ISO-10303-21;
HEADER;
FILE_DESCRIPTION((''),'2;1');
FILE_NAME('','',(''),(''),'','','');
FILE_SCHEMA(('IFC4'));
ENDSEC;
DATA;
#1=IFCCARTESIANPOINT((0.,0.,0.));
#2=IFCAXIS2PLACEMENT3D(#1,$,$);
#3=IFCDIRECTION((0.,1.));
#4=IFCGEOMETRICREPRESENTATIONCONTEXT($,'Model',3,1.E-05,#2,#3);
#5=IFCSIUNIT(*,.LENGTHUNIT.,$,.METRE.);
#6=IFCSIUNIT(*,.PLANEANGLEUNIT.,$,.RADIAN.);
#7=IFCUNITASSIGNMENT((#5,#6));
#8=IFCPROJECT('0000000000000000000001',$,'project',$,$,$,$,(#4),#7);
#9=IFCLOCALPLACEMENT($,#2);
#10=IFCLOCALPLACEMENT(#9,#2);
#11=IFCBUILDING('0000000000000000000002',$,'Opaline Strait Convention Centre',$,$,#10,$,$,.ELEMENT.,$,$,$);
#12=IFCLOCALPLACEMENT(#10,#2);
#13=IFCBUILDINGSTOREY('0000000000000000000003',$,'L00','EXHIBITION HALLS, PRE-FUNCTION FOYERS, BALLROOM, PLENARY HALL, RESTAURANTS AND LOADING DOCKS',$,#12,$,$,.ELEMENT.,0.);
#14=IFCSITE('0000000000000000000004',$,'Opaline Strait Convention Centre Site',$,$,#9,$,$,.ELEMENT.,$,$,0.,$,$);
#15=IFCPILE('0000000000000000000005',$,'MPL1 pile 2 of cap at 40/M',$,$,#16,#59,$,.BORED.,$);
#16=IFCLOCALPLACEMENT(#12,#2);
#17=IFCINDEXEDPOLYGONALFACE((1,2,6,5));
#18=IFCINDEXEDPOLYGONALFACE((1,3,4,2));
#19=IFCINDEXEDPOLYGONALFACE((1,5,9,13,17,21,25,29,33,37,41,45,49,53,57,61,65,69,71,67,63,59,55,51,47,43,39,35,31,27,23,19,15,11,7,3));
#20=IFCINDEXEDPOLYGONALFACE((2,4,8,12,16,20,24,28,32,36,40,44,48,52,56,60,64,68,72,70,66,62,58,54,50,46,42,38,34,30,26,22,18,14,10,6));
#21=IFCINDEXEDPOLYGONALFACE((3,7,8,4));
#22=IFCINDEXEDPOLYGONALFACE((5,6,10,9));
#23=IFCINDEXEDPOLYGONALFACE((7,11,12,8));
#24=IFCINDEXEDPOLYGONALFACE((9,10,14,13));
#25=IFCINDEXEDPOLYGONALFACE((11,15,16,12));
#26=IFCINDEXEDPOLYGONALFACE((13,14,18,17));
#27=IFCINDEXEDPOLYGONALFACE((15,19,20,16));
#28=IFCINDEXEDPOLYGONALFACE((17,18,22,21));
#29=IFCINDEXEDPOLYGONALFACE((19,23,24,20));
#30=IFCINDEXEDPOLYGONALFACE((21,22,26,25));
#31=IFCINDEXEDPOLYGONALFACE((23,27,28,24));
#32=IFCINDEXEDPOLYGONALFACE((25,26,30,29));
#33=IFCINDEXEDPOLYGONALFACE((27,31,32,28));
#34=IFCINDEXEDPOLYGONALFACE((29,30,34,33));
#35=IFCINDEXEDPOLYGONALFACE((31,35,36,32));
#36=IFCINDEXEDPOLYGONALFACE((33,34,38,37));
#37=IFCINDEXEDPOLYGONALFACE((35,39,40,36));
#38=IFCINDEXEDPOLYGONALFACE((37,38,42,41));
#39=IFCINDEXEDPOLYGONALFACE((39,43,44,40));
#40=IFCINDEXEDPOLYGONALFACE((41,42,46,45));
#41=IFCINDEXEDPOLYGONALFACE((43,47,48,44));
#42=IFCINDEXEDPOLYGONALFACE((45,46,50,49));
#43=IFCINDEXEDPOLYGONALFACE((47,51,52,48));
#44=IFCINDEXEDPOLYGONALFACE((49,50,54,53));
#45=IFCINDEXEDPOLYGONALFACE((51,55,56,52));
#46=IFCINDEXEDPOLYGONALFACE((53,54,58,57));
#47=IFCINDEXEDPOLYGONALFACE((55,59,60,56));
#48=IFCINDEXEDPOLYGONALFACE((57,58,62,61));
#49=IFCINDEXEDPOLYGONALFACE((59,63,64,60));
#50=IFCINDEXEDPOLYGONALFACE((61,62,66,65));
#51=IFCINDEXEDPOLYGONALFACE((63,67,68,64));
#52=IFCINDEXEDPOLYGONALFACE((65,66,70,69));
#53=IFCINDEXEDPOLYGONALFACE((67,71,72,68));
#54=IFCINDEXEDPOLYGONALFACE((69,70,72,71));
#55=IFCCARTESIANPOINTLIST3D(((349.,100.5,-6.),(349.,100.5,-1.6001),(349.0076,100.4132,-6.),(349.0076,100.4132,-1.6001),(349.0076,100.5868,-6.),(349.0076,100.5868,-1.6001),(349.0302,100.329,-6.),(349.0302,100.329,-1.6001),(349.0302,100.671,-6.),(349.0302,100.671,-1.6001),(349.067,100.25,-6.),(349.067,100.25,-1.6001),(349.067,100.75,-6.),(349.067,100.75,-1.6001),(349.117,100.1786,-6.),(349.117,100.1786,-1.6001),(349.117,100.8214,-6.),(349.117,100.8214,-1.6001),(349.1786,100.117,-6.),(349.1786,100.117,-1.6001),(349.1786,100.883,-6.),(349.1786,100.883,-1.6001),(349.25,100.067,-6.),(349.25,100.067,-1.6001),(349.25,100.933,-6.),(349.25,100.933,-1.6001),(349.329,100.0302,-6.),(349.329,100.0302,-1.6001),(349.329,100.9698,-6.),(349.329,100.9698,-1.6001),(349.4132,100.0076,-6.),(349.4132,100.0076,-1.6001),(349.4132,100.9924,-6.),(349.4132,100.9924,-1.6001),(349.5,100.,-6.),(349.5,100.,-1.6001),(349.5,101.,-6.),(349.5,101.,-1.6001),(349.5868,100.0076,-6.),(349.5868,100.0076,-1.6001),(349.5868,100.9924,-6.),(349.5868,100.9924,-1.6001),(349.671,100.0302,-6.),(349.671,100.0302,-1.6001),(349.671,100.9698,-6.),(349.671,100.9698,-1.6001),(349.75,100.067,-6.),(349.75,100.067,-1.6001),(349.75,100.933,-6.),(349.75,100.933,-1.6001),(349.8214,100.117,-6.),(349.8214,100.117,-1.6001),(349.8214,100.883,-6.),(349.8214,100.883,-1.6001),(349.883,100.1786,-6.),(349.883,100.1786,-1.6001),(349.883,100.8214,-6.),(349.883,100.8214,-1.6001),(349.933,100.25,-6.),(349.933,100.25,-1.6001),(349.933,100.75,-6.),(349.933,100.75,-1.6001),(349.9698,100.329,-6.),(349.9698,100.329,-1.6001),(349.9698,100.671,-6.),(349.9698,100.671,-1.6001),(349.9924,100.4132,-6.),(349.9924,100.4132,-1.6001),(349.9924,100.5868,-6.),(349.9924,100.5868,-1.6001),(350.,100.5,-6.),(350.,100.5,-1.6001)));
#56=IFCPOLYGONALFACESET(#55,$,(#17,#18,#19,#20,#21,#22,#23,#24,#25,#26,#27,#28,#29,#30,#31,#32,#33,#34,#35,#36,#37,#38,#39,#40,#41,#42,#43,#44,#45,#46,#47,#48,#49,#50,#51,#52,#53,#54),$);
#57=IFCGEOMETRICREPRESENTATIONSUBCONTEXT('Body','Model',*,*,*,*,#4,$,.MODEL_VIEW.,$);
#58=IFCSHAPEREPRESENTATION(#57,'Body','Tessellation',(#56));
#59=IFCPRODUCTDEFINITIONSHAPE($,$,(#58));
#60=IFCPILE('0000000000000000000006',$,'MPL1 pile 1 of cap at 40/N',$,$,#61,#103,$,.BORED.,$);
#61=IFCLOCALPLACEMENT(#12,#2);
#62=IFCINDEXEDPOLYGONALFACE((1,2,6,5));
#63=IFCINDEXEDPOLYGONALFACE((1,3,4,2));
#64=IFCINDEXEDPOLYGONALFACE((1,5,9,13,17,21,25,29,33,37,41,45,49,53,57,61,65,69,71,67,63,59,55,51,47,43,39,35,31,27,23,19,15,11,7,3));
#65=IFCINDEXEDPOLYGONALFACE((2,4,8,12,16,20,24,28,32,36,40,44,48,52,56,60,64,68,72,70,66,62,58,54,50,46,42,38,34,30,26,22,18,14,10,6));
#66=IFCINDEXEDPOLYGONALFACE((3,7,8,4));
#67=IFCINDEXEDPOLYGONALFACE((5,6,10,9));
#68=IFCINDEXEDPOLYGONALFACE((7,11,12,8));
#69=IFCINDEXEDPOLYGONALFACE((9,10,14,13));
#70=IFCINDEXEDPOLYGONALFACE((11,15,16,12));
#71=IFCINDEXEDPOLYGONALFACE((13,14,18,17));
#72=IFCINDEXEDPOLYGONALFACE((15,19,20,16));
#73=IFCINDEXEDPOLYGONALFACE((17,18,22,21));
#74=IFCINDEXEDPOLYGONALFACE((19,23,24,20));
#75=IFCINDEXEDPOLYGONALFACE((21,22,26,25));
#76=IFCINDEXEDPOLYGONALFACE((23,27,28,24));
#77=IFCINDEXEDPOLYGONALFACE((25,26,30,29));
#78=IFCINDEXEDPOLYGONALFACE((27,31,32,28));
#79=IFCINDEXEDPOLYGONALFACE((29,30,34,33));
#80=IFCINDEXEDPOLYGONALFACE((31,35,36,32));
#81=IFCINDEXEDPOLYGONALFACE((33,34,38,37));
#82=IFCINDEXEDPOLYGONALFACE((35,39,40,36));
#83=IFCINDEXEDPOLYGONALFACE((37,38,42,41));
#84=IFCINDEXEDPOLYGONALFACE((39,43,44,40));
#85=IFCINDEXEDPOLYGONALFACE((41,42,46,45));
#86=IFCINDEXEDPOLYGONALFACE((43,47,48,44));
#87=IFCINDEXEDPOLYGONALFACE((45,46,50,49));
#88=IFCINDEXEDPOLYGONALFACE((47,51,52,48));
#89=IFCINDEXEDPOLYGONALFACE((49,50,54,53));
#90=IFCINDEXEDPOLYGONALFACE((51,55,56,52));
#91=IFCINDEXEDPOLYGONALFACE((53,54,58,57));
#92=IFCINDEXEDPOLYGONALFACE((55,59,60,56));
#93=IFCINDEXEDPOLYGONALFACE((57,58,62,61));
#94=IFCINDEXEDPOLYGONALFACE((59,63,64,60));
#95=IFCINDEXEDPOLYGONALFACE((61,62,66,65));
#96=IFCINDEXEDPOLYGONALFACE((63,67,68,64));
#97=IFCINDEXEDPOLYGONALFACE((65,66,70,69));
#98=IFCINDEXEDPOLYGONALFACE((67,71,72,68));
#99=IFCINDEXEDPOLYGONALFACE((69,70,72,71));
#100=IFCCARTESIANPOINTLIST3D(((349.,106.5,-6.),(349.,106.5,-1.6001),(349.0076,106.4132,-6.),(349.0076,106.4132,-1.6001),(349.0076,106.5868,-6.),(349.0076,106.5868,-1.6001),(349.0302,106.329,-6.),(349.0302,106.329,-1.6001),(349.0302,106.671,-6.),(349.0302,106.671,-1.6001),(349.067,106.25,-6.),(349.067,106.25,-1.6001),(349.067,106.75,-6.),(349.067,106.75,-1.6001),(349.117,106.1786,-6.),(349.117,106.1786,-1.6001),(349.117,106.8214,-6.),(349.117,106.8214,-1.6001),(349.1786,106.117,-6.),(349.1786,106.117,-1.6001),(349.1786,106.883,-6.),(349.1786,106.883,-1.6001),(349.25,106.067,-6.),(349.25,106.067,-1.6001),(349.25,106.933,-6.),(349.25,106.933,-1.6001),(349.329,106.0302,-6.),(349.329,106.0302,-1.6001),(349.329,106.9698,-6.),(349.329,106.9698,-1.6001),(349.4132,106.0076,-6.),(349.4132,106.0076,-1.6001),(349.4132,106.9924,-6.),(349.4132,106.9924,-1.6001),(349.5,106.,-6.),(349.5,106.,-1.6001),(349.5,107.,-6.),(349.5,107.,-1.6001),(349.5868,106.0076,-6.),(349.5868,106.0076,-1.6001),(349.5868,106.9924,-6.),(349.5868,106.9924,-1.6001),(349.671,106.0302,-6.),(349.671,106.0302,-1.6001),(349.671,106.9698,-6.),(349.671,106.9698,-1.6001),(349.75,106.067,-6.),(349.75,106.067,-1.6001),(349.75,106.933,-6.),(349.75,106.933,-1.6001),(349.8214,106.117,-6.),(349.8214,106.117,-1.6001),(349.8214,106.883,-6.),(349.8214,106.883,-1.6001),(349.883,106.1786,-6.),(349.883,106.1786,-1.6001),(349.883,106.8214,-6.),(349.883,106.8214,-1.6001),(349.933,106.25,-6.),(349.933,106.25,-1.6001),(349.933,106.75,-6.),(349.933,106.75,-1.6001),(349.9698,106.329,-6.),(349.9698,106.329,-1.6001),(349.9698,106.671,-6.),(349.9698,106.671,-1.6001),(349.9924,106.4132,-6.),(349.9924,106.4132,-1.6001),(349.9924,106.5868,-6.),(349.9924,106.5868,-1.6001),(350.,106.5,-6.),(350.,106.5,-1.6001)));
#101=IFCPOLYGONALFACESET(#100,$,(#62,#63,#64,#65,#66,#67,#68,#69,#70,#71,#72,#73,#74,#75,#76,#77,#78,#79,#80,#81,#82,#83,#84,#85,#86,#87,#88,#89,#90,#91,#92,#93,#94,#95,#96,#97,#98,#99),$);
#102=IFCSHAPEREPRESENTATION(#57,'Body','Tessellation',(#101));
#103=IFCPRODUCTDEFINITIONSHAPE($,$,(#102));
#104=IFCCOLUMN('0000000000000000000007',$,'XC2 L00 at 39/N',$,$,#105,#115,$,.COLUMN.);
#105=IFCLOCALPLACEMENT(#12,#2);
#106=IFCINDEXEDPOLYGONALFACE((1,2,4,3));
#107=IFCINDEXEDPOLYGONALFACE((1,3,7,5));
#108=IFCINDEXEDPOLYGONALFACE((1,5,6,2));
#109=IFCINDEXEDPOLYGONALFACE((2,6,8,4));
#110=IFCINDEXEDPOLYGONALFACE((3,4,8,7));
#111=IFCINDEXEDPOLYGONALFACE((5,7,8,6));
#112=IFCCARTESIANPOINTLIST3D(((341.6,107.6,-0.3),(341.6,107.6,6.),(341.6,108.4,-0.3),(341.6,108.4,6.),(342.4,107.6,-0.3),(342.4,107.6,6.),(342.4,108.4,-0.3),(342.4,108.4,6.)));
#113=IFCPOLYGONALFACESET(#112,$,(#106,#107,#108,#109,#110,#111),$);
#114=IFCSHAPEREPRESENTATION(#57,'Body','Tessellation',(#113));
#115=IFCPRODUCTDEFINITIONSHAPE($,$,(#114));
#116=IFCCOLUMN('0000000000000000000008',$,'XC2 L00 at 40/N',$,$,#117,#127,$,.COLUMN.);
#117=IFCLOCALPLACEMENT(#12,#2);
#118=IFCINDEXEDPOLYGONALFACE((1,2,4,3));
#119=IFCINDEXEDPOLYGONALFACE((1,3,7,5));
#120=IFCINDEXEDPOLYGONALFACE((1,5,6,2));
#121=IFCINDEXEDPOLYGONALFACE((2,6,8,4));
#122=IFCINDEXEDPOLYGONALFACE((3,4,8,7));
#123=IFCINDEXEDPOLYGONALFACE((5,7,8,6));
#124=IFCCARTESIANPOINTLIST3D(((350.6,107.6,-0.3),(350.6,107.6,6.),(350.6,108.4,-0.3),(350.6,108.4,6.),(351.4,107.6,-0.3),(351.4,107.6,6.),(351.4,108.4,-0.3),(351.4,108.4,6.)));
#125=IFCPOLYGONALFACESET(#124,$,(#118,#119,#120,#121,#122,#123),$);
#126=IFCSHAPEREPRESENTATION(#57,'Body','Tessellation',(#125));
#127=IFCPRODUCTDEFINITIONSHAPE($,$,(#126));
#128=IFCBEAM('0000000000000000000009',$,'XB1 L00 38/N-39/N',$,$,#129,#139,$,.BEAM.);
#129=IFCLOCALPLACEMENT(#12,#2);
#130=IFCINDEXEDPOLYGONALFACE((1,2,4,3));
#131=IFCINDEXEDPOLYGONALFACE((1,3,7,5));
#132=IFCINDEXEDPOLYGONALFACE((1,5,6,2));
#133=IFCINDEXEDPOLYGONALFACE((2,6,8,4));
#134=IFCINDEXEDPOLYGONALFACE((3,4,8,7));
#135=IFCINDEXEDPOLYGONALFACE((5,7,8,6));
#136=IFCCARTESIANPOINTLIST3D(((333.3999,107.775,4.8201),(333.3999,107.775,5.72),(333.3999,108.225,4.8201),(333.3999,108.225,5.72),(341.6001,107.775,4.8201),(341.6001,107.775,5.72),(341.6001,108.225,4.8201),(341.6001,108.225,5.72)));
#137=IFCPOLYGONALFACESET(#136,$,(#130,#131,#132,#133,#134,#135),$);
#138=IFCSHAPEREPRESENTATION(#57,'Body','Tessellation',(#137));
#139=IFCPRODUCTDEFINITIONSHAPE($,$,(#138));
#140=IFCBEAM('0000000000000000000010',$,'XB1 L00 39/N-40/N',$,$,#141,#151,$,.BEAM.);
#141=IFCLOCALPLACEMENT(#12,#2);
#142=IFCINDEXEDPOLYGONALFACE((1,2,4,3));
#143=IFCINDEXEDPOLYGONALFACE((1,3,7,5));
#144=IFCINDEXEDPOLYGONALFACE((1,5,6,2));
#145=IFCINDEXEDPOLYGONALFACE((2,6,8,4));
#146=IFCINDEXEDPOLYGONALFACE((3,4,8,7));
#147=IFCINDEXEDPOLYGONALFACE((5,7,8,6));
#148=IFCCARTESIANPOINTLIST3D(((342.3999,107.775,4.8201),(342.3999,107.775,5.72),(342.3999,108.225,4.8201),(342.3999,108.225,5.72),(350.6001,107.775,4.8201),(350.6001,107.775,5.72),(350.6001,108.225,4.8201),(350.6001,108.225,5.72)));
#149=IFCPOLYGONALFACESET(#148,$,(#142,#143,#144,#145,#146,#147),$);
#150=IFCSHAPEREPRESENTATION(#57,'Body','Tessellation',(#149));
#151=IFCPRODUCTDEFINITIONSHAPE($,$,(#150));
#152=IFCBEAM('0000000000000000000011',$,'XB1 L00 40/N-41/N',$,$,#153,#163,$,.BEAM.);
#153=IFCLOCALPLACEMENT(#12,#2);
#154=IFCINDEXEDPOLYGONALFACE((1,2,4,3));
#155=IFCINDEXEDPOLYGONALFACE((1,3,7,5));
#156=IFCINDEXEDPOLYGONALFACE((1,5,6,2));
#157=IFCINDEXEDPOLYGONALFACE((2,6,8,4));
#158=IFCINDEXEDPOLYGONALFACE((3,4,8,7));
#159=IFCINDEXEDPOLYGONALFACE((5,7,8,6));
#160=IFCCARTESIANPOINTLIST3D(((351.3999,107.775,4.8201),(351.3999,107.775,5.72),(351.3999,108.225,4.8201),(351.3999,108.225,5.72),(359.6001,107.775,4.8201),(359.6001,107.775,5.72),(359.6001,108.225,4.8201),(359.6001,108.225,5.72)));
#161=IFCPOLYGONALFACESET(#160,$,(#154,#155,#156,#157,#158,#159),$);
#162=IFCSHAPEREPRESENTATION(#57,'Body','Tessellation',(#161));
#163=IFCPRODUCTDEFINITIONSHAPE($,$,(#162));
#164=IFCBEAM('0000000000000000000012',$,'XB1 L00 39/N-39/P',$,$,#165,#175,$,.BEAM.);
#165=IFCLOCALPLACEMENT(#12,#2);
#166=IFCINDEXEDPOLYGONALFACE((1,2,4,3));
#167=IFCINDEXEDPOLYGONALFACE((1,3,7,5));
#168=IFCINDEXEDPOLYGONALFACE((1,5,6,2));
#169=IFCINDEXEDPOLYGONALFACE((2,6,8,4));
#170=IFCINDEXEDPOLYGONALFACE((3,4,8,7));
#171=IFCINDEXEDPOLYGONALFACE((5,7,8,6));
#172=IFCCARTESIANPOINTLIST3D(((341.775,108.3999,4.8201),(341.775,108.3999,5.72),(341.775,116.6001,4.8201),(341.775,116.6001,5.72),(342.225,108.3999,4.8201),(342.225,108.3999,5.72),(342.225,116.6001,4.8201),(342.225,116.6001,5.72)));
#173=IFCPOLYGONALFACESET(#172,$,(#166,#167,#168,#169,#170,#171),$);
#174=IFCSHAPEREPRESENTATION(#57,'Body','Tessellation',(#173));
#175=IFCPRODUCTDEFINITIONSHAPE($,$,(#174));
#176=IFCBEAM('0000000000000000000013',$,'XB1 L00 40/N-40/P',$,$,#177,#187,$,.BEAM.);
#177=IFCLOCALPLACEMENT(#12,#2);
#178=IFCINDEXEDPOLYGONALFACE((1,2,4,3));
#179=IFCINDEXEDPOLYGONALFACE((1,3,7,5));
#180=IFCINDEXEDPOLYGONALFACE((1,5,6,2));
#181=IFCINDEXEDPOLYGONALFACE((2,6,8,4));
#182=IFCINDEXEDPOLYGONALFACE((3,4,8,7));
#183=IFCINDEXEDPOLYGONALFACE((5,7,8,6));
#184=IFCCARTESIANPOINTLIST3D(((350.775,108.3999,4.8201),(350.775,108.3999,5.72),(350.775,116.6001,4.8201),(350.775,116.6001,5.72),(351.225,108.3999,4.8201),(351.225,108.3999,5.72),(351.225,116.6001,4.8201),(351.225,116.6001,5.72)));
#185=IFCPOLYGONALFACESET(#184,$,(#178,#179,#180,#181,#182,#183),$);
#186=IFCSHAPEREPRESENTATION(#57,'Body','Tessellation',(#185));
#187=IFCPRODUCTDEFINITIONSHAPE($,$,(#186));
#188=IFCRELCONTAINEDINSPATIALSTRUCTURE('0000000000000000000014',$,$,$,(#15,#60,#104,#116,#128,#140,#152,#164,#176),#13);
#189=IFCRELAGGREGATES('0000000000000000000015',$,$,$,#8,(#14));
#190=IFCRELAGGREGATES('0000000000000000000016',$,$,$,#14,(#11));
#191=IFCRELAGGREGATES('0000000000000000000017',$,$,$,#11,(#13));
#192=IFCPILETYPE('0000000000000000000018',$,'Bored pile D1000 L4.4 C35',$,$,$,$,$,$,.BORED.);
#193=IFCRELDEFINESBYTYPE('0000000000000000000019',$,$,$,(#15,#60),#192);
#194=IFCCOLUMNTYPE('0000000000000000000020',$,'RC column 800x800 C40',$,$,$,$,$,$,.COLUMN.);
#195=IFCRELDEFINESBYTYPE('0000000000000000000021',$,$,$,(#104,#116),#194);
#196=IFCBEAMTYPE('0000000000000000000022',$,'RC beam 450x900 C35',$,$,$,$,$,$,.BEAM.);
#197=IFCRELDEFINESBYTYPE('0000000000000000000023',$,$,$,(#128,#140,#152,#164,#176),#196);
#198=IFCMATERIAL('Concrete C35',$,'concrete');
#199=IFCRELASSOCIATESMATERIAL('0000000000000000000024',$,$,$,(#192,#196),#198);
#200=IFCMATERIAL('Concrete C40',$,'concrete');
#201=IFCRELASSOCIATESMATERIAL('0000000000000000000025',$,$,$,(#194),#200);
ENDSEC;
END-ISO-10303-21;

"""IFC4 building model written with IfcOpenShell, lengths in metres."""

from ifc_helpers import new_model, si_unit, direction, frame, origin, origin_2d, place, context, subcontext, project, spatial, rectangle, circle, extrude, material, material_profile, profile_set, type_object, element, save


model = new_model("IFC4")

# Units and contexts
model_context = context("Model", 3, precision=1e-05, world=origin(), true_north=direction((0.0, 1.0)))
body_context = subcontext(model_context, "Body", "Model", "MODEL_VIEW")
ifc_project = project(units=[si_unit("LENGTHUNIT", "METRE"), si_unit("PLANEANGLEUNIT", "RADIAN")], contexts=[model_context])

# Site, building, storey
site_placement = place(None, origin())
site = spatial("IfcSite", under=ifc_project, at=site_placement, Name="Opaline Strait Convention Centre Site", CompositionType="ELEMENT", RefElevation=0.0)
building_placement = place(site_placement, origin())
building = spatial("IfcBuilding", under=site, at=building_placement, Name="Opaline Strait Convention Centre", CompositionType="ELEMENT")
storey_placement = place(building_placement, origin())
storey = spatial("IfcBuildingStorey", under=building, at=storey_placement, Name="L00", Description="EXHIBITION HALLS, PRE-FUNCTION FOYERS, BALLROOM, PLENARY HALL, RESTAURANTS AND LOADING DOCKS", CompositionType="ELEMENT", Elevation=0.0)

# Piles
ifc_material_1 = material(Name="Concrete C35", Category="concrete")
ifc_material_profile_1 = material_profile(ifc_material_1, circle(Radius=0.5, at=origin_2d()), Name="D1000")
ifc_profile_set_1 = profile_set([ifc_material_profile_1], Name="Concrete C35")
pile_type = type_object("IfcPileType", Name="Bored pile D1000 L4.4 C35", PredefinedType="BORED", material=ifc_profile_set_1)
for number, where, z_axis, x_axis, name in (
    (1, (349.5, 100.5, -1.6001), (0.0, 0.0, -1.0), (1.0, 0.0, 0.0), "MPL1 pile 2 of cap at 40/M"),
    (2, (349.5, 106.5, -1.6001), (0.0, 0.0, -1.0), (1.0, 0.0, 0.0), "MPL1 pile 1 of cap at 40/N"),
):
    element("IfcPile", number, at=place(storey_placement, frame(where, z_axis=z_axis, x_axis=x_axis)), inside=storey, type_object=pile_type, Name=name, PredefinedType="BORED", context=body_context, shape_type="SweptSolid", body=[
        extrude(circle(Radius=0.5, at=origin_2d()), origin(), (0.0, 0.0, 1.0), 4.3999),
    ])

# Columns
ifc_material_2 = material(Name="Concrete C40", Category="concrete")
ifc_material_profile_2 = material_profile(ifc_material_2, rectangle(XDim=0.8, YDim=0.8, at=origin_2d()), Name="RC 800x800")
ifc_profile_set_2 = profile_set([ifc_material_profile_2], Name="Concrete C40")
column_type = type_object("IfcColumnType", Name="RC column 800x800 C40", PredefinedType="COLUMN", material=ifc_profile_set_2)
for number, where, z_axis, x_axis, name in (
    (3, (342.0, 108.0, -0.3), (0.0, 0.0, 1.0), (1.0, 0.0, 0.0), "XC2 L00 at 39/N"),
    (4, (351.0, 108.0, -0.3), (0.0, 0.0, 1.0), (1.0, 0.0, 0.0), "XC2 L00 at 40/N"),
):
    element("IfcColumn", number, at=place(storey_placement, frame(where, z_axis=z_axis, x_axis=x_axis)), inside=storey, type_object=column_type, Name=name, PredefinedType="COLUMN", context=body_context, shape_type="SweptSolid", body=[
        extrude(rectangle(XDim=0.8, YDim=0.8, at=origin_2d()), origin(), (0.0, 0.0, 1.0), 6.3),
    ])

# Beams
ifc_material_profile_3 = material_profile(ifc_material_1, rectangle(XDim=0.45, YDim=0.8999, at=origin_2d()), Name="RC 450x900")
ifc_profile_set_3 = profile_set([ifc_material_profile_3], Name="Concrete C35")
beam_type = type_object("IfcBeamType", Name="RC beam 450x900 C35", PredefinedType="BEAM", material=ifc_profile_set_3)
for number, where, z_axis, x_axis, name in (
    (5, (333.3999, 108.0, 5.27), (1.0, 0.0, 0.0), (0.0, 1.0, 0.0), "XB1 L00 38/N-39/N"),
    (6, (342.3999, 108.0, 5.27), (1.0, 0.0, 0.0), (0.0, 1.0, 0.0), "XB1 L00 39/N-40/N"),
    (7, (351.3999, 108.0, 5.27), (1.0, 0.0, 0.0), (0.0, 1.0, 0.0), "XB1 L00 40/N-41/N"),
    (8, (342.0, 108.3999, 5.27), (0.0, 1.0, 0.0), (-1.0, 0.0, 0.0), "XB1 L00 39/N-39/P"),
    (9, (351.0, 108.3999, 5.27), (0.0, 1.0, 0.0), (-1.0, 0.0, 0.0), "XB1 L00 40/N-40/P"),
):
    element("IfcBeam", number, at=place(storey_placement, frame(where, z_axis=z_axis, x_axis=x_axis)), inside=storey, type_object=beam_type, Name=name, PredefinedType="BEAM", context=body_context, shape_type="SweptSolid", body=[
        extrude(rectangle(XDim=0.45, YDim=0.8999, at=origin_2d()), origin(), (0.0, 0.0, 1.0), 8.2002),
    ])

save(model, "model.ifc")
